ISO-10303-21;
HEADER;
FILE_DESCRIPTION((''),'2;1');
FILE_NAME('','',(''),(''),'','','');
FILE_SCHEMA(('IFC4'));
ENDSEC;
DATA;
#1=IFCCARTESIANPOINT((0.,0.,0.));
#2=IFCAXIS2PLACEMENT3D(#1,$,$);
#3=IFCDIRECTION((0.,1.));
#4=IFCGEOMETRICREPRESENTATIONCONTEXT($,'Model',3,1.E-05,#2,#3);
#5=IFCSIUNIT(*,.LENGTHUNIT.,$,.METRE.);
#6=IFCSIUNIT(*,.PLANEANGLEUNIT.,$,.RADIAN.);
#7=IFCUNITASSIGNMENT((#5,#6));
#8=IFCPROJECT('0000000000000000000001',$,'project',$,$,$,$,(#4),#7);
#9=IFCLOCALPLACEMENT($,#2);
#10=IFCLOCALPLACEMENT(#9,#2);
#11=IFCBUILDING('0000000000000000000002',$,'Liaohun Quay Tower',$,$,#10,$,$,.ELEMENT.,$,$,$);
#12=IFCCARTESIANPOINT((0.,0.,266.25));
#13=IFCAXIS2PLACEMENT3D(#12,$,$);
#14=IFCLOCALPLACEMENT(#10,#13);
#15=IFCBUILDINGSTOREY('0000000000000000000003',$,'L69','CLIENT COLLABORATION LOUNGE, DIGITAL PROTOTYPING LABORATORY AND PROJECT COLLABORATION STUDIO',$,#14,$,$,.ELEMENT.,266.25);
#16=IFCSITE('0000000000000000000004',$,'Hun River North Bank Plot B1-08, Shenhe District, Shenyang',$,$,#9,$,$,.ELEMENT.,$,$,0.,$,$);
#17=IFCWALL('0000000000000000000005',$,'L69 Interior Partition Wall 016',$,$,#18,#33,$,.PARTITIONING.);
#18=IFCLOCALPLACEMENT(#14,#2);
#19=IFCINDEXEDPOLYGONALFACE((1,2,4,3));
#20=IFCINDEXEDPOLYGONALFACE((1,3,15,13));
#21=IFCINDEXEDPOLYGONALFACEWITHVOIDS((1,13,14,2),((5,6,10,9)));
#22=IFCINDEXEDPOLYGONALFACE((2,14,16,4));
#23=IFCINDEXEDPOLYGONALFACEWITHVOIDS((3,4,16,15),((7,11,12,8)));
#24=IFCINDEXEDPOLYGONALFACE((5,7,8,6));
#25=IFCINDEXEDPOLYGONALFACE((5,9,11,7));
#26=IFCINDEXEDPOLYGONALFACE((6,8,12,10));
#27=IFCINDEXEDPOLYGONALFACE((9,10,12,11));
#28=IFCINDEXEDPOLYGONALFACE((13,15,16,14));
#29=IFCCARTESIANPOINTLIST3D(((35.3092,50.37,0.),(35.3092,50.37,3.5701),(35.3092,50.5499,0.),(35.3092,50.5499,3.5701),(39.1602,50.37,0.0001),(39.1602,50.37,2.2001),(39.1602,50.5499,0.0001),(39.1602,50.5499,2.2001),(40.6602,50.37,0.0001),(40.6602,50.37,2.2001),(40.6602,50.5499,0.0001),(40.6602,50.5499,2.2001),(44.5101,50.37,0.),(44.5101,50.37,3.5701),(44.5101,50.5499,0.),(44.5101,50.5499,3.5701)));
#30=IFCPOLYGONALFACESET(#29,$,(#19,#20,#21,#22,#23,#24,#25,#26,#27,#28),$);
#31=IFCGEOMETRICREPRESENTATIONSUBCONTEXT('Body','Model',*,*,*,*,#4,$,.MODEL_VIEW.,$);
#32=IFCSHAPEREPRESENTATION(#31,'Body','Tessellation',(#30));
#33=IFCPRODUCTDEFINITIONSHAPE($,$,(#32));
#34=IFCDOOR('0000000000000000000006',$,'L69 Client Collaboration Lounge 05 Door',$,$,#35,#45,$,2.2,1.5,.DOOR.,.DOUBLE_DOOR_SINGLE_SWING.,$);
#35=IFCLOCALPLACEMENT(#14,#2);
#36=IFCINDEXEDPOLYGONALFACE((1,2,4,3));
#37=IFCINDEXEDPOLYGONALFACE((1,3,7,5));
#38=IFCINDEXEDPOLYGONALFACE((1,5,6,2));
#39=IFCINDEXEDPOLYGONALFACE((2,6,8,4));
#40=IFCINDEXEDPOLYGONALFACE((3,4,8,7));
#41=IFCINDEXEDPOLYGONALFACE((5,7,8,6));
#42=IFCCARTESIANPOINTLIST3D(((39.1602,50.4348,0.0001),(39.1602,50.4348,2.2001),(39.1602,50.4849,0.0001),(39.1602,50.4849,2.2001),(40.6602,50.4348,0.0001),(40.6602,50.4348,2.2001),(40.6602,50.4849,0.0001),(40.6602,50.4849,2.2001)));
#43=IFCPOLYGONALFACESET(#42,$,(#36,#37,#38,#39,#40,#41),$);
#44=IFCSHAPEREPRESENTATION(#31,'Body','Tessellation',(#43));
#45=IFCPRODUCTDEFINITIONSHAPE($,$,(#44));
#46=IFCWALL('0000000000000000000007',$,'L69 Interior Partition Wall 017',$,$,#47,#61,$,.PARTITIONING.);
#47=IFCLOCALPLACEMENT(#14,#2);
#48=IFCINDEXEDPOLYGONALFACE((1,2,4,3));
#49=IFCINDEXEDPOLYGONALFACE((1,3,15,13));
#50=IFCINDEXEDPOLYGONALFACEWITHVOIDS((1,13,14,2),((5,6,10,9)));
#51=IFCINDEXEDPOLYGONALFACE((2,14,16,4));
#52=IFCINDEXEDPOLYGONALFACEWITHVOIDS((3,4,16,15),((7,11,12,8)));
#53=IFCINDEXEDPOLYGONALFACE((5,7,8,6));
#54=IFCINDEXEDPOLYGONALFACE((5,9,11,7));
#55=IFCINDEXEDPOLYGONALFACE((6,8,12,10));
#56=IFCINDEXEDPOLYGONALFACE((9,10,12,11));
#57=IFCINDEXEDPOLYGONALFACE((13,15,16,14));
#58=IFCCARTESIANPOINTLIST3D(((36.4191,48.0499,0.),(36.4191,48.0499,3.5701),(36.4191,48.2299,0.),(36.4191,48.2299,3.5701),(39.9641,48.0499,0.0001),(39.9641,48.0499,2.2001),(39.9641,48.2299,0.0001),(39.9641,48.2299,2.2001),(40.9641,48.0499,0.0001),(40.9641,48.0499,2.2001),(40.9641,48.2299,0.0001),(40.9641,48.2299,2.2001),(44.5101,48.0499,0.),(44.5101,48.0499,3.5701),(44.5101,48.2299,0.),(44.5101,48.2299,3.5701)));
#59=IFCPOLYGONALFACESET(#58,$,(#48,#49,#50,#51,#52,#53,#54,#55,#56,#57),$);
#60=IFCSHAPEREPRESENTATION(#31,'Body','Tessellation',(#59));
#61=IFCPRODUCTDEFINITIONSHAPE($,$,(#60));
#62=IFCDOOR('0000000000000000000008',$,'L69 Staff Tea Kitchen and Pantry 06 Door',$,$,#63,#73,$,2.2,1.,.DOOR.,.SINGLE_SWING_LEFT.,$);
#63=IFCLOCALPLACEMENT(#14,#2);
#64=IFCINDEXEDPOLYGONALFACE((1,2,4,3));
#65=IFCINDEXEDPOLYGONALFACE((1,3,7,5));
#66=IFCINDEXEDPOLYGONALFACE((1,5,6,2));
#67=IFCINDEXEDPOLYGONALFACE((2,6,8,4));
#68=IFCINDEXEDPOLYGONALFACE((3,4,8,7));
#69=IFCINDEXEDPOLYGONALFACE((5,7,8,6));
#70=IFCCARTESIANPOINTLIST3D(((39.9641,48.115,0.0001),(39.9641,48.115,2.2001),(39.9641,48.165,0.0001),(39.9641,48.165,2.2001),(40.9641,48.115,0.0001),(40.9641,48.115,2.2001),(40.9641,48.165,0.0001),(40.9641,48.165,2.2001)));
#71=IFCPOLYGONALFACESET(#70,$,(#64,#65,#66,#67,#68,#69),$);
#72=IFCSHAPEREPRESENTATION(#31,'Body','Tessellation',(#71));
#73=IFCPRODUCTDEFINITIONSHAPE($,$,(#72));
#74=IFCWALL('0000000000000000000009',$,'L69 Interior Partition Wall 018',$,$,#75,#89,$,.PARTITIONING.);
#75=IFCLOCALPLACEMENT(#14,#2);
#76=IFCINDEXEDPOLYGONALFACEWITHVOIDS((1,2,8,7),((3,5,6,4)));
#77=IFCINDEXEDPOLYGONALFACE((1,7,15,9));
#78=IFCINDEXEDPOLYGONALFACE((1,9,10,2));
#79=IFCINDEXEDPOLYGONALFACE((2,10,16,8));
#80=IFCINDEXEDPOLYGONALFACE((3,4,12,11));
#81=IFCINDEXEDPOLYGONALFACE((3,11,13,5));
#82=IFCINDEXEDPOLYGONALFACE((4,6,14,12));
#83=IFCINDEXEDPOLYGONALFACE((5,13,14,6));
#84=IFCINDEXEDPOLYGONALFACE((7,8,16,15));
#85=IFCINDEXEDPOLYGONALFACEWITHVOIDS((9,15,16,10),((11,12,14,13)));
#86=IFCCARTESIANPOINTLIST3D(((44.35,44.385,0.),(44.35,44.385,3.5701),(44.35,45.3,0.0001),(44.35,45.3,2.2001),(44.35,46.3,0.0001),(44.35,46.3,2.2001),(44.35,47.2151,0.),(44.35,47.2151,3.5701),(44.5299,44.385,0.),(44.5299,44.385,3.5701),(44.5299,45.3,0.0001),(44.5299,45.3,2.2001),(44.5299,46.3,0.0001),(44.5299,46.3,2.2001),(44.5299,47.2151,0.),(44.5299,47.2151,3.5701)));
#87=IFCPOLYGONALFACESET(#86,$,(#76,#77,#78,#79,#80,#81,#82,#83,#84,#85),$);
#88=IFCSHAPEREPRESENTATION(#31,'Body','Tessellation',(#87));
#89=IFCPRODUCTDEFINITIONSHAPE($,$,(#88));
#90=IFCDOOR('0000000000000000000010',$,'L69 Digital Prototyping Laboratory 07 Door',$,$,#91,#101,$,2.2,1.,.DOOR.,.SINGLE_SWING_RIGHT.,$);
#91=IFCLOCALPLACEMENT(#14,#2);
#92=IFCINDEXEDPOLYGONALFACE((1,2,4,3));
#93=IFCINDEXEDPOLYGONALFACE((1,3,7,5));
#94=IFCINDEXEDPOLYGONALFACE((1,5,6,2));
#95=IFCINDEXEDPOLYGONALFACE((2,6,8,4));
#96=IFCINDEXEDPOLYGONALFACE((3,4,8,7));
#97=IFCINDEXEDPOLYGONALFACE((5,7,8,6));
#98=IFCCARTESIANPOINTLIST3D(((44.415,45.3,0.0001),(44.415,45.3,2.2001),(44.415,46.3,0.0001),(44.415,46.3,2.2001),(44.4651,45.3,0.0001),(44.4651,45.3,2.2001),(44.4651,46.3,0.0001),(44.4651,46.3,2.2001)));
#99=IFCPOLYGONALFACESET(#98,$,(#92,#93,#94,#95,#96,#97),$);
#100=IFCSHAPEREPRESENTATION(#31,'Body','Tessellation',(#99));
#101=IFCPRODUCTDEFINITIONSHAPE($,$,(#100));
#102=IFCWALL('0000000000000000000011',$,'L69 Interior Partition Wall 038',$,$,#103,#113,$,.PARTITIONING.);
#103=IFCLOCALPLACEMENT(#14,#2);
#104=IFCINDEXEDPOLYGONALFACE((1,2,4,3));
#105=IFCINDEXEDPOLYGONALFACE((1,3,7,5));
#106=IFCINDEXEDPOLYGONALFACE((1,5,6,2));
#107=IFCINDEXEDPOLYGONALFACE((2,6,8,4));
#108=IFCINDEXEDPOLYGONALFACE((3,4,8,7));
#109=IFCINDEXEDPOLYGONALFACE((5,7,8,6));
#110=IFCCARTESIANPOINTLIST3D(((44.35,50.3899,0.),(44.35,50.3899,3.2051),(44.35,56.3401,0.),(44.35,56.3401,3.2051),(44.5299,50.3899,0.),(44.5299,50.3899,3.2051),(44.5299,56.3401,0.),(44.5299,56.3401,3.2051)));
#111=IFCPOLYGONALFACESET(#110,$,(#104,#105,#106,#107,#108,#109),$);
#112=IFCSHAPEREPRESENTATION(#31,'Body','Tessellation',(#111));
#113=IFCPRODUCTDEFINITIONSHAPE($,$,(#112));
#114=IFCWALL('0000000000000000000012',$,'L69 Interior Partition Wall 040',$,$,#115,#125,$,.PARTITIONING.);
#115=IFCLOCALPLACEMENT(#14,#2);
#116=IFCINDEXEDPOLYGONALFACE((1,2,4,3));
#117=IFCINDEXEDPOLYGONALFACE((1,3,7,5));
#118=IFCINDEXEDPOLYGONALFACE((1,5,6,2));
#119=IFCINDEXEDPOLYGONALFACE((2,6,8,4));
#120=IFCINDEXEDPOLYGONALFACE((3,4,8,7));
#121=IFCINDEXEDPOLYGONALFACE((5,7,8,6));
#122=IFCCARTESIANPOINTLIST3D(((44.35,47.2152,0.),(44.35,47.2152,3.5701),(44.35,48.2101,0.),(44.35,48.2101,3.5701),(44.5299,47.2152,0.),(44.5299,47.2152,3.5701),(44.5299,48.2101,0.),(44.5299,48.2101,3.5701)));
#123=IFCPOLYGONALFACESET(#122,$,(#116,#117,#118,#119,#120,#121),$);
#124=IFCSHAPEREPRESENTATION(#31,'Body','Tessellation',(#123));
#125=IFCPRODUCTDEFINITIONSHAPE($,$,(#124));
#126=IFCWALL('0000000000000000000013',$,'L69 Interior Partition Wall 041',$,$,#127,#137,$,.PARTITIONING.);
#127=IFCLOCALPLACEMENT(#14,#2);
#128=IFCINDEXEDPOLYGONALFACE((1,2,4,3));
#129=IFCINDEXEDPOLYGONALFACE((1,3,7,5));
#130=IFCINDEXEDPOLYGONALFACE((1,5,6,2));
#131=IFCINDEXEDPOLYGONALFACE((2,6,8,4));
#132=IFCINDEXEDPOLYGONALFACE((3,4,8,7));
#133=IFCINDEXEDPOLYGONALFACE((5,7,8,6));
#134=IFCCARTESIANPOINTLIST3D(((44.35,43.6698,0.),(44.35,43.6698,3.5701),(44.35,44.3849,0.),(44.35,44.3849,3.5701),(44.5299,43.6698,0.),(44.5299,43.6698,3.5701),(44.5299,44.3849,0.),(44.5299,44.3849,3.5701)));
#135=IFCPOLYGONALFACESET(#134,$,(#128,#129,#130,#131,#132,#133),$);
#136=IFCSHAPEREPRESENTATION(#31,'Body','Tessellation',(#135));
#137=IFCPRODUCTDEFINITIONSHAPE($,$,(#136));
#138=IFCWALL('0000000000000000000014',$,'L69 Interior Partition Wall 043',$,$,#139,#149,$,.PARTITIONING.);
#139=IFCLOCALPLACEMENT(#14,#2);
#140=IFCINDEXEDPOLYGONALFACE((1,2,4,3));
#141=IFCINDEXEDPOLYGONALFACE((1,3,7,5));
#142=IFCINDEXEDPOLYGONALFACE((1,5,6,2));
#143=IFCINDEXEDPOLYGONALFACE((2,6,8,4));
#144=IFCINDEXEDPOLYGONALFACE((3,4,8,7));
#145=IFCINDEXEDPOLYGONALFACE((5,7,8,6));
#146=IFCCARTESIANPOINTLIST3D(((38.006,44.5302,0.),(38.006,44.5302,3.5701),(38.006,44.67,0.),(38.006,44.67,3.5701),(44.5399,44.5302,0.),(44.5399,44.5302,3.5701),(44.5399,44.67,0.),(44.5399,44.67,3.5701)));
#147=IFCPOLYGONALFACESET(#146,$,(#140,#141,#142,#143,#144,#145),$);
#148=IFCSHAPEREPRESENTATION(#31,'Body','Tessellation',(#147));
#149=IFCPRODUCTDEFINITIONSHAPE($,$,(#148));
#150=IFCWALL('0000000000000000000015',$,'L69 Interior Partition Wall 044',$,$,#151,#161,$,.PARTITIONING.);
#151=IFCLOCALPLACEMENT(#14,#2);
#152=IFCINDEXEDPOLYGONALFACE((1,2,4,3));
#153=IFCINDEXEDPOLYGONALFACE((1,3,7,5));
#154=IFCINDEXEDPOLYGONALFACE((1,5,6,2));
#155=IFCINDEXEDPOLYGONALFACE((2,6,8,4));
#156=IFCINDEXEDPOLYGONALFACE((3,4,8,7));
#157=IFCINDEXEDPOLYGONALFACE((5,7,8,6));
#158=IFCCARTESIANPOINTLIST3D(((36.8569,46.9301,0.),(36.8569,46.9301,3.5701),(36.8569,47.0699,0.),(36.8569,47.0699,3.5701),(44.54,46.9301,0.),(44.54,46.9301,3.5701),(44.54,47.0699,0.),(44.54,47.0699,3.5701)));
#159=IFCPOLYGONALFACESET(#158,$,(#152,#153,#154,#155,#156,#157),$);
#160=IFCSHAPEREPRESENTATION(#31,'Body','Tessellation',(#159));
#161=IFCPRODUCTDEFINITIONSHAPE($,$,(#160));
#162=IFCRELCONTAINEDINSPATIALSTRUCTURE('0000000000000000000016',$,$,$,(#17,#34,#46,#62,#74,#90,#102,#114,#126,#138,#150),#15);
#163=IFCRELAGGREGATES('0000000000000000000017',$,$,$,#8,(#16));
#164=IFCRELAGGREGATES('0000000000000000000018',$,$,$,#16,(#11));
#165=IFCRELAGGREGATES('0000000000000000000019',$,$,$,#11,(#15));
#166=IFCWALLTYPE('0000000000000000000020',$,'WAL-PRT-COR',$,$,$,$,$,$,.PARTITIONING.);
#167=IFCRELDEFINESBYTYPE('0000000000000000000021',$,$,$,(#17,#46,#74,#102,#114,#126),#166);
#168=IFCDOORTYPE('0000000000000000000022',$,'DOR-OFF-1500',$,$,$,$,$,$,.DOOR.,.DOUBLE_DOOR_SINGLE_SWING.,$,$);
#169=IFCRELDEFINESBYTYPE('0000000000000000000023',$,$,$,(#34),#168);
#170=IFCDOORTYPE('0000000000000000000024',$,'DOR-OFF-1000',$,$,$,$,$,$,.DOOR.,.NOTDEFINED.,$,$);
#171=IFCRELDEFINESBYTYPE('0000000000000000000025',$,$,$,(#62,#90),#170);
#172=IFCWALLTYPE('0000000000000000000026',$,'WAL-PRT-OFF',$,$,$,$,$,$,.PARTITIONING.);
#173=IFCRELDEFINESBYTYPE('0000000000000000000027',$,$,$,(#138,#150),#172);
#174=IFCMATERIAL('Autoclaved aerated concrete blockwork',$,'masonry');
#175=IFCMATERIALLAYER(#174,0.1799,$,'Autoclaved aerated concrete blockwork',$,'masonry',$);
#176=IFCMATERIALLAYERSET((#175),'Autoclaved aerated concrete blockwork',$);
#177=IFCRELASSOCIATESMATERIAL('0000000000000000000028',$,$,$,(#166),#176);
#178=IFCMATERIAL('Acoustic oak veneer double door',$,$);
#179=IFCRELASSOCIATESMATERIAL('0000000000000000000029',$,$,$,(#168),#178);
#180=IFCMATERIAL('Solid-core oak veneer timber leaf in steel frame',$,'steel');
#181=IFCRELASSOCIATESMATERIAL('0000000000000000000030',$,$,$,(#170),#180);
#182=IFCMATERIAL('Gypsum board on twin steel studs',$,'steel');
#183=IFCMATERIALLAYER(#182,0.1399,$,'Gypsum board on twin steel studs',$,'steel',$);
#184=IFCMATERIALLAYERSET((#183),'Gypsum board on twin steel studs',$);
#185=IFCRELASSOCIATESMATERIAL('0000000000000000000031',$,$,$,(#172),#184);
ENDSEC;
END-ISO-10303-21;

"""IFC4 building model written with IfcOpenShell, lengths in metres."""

from ifc_helpers import new_model, si_unit, direction, frame, frame_2d, origin, place, context, subcontext, project, spatial, rectangle, extrude, source, transform, mapped, material, layer, layer_set, type_object, element, fill, save


model = new_model("IFC4")

# Units and contexts
model_context = context("Model", 3, precision=1e-05, world=origin(), true_north=direction((0.0, 1.0)))
body_context = subcontext(model_context, "Body", "Model", "MODEL_VIEW")
ifc_project = project(units=[si_unit("LENGTHUNIT", "METRE"), si_unit("PLANEANGLEUNIT", "RADIAN")], contexts=[model_context])

# Site, building, storey
site_placement = place(None, origin())
site = spatial("IfcSite", under=ifc_project, at=site_placement, Name="Hun River North Bank Plot B1-08, Shenhe District, Shenyang", CompositionType="ELEMENT", RefElevation=0.0)
building_placement = place(site_placement, origin())
building = spatial("IfcBuilding", under=site, at=building_placement, Name="Liaohun Quay Tower", CompositionType="ELEMENT")
storey_placement = place(building_placement, frame((0.0, 0.0, 266.25)))
storey = spatial("IfcBuildingStorey", under=building, at=storey_placement, Name="L69", Description="CLIENT COLLABORATION LOUNGE, DIGITAL PROTOTYPING LABORATORY AND PROJECT COLLABORATION STUDIO", CompositionType="ELEMENT", Elevation=266.25)

# Walls, openings, doors
ifc_material_1 = material(Name="Autoclaved aerated concrete blockwork", Category="masonry")
ifc_layer_1 = layer(ifc_material_1, 0.1799, Name="Autoclaved aerated concrete blockwork", Category="masonry")
ifc_layer_set_1 = layer_set([ifc_layer_1], Name="Autoclaved aerated concrete blockwork")
wall_type_1 = type_object("IfcWallType", Name="WAL-PRT-COR", PredefinedType="PARTITIONING", material=ifc_layer_set_1)
wall_1_placement = place(storey_placement, frame((35.3091, 50.46, 0.0), z_axis=(0.0, 0.0, 1.0), x_axis=(1.0, 0.0, 0.0)))
wall_1 = element("IfcWall", 1, at=wall_1_placement, inside=storey, type_object=wall_type_1, Name="L69 Interior Partition Wall 016", PredefinedType="PARTITIONING", context=body_context, shape_type="SweptSolid", body=[
    extrude(rectangle(XDim=9.2009, YDim=0.1799, at=frame_2d((4.6006, 0.0))), origin(), (0.0, 0.0, 1.0), 3.5701),
])
shared_shape_1 = source(origin(), body_context, "Body", "SweptSolid", [
    extrude(rectangle(XDim=1.5, YDim=2.2, at=frame_2d((0.75, 1.1001))), frame((0.0, 0.0999, 0.0), z_axis=(0.0, -1.0, 0.0), x_axis=(1.0, 0.0, 0.0)), (0.0, 0.0, 1.0), 0.2),
])
opening_1_placement = place(wall_1_placement, frame((3.8511, 0.0, 0.0)))
opening_1 = element("IfcOpeningElement", 2, at=opening_1_placement, cuts=wall_1, PredefinedType="OPENING", context=body_context, shape_type="MappedRepresentation", body=[
    mapped(shared_shape_1, transform((0.0, 0.0, 0.0), x_axis=(1.0, 0.0, 0.0), y_axis=(0.0, 1.0, 0.0), z_axis=(0.0, 0.0, 1.0), scale=1.0)),
])
ifc_material_2 = material(Name="Acoustic oak veneer double door")
door_type_1 = type_object("IfcDoorType", Name="DOR-OFF-1500", OperationType="DOUBLE_DOOR_SINGLE_SWING", PredefinedType="DOOR", material=ifc_material_2)
shared_shape_2 = source(origin(), body_context, "Body", "SweptSolid", [
    extrude(rectangle(XDim=1.5, YDim=2.2, at=frame_2d((0.75, 1.1001))), frame((0.0, 0.0249, 0.0), z_axis=(0.0, -1.0, 0.0), x_axis=(1.0, 0.0, 0.0)), (0.0, 0.0, 1.0), 0.05),
])
door_1_placement = place(opening_1_placement, origin())
door_1 = element("IfcDoor", 3, at=door_1_placement, inside=storey, type_object=door_type_1, Name="L69 Client Collaboration Lounge 05 Door", OperationType="DOUBLE_DOOR_SINGLE_SWING", OverallHeight=2.2, OverallWidth=1.5, PredefinedType="DOOR", context=body_context, shape_type="MappedRepresentation", body=[
    mapped(shared_shape_2, transform((0.0, 0.0, 0.0), x_axis=(1.0, 0.0, 0.0), y_axis=(0.0, 1.0, 0.0), z_axis=(0.0, 0.0, 1.0), scale=1.0)),
])
fill(opening_1, door_1)
wall_2_placement = place(storey_placement, frame((44.51, 48.1399, 0.0), z_axis=(0.0, 0.0, 1.0), x_axis=(-1.0, 0.0, 0.0)))
wall_2 = element("IfcWall", 4, at=wall_2_placement, inside=storey, type_object=wall_type_1, Name="L69 Interior Partition Wall 017", PredefinedType="PARTITIONING", context=body_context, shape_type="SweptSolid", body=[
    extrude(rectangle(XDim=8.0911, YDim=0.1799, at=frame_2d((4.0454, 0.0))), origin(), (0.0, 0.0, 1.0), 3.5701),
])
shared_shape_3 = source(origin(), body_context, "Body", "SweptSolid", [
    extrude(rectangle(XDim=1.0, YDim=2.2, at=frame_2d((0.5, 1.1001))), frame((0.0, 0.0999, 0.0), z_axis=(0.0, -1.0, 0.0), x_axis=(1.0, 0.0, 0.0)), (0.0, 0.0, 1.0), 0.2),
])
opening_2_placement = place(wall_2_placement, frame((3.5459, 0.0, 0.0)))
opening_2 = element("IfcOpeningElement", 5, at=opening_2_placement, cuts=wall_2, PredefinedType="OPENING", context=body_context, shape_type="MappedRepresentation", body=[
    mapped(shared_shape_3, transform((0.0, 0.0, 0.0), x_axis=(1.0, 0.0, 0.0), y_axis=(0.0, 1.0, 0.0), z_axis=(0.0, 0.0, 1.0), scale=1.0)),
])
ifc_material_3 = material(Name="Solid-core oak veneer timber leaf in steel frame", Category="steel")
door_type_2 = type_object("IfcDoorType", Name="DOR-OFF-1000", OperationType="NOTDEFINED", PredefinedType="DOOR", material=ifc_material_3)
shared_shape_4 = source(origin(), body_context, "Body", "SweptSolid", [
    extrude(rectangle(XDim=1.0, YDim=2.2, at=frame_2d((0.5, 1.1001))), frame((0.0, 0.0249, 0.0), z_axis=(0.0, -1.0, 0.0), x_axis=(1.0, 0.0, 0.0)), (0.0, 0.0, 1.0), 0.05),
])
door_2_placement = place(opening_2_placement, origin())
door_2 = element("IfcDoor", 6, at=door_2_placement, inside=storey, type_object=door_type_2, Name="L69 Staff Tea Kitchen and Pantry 06 Door", OperationType="SINGLE_SWING_LEFT", OverallHeight=2.2, OverallWidth=1.0, PredefinedType="DOOR", context=body_context, shape_type="MappedRepresentation", body=[
    mapped(shared_shape_4, transform((0.0, 0.0, 0.0), x_axis=(1.0, 0.0, 0.0), y_axis=(0.0, 1.0, 0.0), z_axis=(0.0, 0.0, 1.0), scale=1.0)),
])
fill(opening_2, door_2)
wall_3_placement = place(storey_placement, frame((44.4399, 44.385, 0.0), z_axis=(0.0, 0.0, 1.0), x_axis=(0.0, 1.0, 0.0)))
wall_3 = element("IfcWall", 7, at=wall_3_placement, inside=storey, type_object=wall_type_1, Name="L69 Interior Partition Wall 018", PredefinedType="PARTITIONING", context=body_context, shape_type="SweptSolid", body=[
    extrude(rectangle(XDim=2.8301, YDim=0.1799, at=frame_2d((1.415, 0.0))), origin(), (0.0, 0.0, 1.0), 3.5701),
])
opening_3_placement = place(wall_3_placement, frame((0.915, 0.0, 0.0)))
opening_3 = element("IfcOpeningElement", 8, at=opening_3_placement, cuts=wall_3, PredefinedType="OPENING", context=body_context, shape_type="MappedRepresentation", body=[
    mapped(shared_shape_3, transform((0.0, 0.0, 0.0), x_axis=(1.0, 0.0, 0.0), y_axis=(0.0, 1.0, 0.0), z_axis=(0.0, 0.0, 1.0), scale=1.0)),
])
door_3_placement = place(opening_3_placement, origin())
door_3 = element("IfcDoor", 9, at=door_3_placement, inside=storey, type_object=door_type_2, Name="L69 Digital Prototyping Laboratory 07 Door", OperationType="SINGLE_SWING_RIGHT", OverallHeight=2.2, OverallWidth=1.0, PredefinedType="DOOR", context=body_context, shape_type="MappedRepresentation", body=[
    mapped(shared_shape_4, transform((0.0, 0.0, 0.0), x_axis=(1.0, 0.0, 0.0), y_axis=(0.0, 1.0, 0.0), z_axis=(0.0, 0.0, 1.0), scale=1.0)),
])
fill(opening_3, door_3)

# Walls
wall_4_placement = place(storey_placement, frame((44.4399, 50.3899, 0.0), z_axis=(0.0, 0.0, 1.0), x_axis=(0.0, 1.0, 0.0)))
element("IfcWall", 10, at=wall_4_placement, inside=storey, type_object=wall_type_1, Name="L69 Interior Partition Wall 038", PredefinedType="PARTITIONING", context=body_context, shape_type="SweptSolid", body=[
    extrude(rectangle(XDim=5.9502, YDim=0.1799, at=frame_2d((2.9751, 0.0))), origin(), (0.0, 0.0, 1.0), 3.2051),
])
wall_5_placement = place(storey_placement, frame((44.4399, 47.2151, 0.0), z_axis=(0.0, 0.0, 1.0), x_axis=(0.0, 1.0, 0.0)))
element("IfcWall", 11, at=wall_5_placement, inside=storey, type_object=wall_type_1, Name="L69 Interior Partition Wall 040", PredefinedType="PARTITIONING", context=body_context, shape_type="SweptSolid", body=[
    extrude(rectangle(XDim=0.9949, YDim=0.1799, at=frame_2d((0.4976, 0.0))), origin(), (0.0, 0.0, 1.0), 3.5701),
])
wall_6_placement = place(storey_placement, frame((44.4399, 43.6699, 0.0), z_axis=(0.0, 0.0, 1.0), x_axis=(0.0, 1.0, 0.0)))
element("IfcWall", 12, at=wall_6_placement, inside=storey, type_object=wall_type_1, Name="L69 Interior Partition Wall 041", PredefinedType="PARTITIONING", context=body_context, shape_type="SweptSolid", body=[
    extrude(rectangle(XDim=0.7151, YDim=0.1799, at=frame_2d((0.3574, 0.0))), origin(), (0.0, 0.0, 1.0), 3.5701),
])
ifc_material_4 = material(Name="Gypsum board on twin steel studs", Category="steel")
ifc_layer_2 = layer(ifc_material_4, 0.1399, Name="Gypsum board on twin steel studs", Category="steel")
ifc_layer_set_2 = layer_set([ifc_layer_2], Name="Gypsum board on twin steel studs")
wall_type_2 = type_object("IfcWallType", Name="WAL-PRT-OFF", PredefinedType="PARTITIONING", material=ifc_layer_set_2)
wall_7_placement = place(storey_placement, frame((44.54, 44.6001, 0.0), z_axis=(0.0, 0.0, 1.0), x_axis=(-1.0, 0.0, 0.0)))
element("IfcWall", 13, at=wall_7_placement, inside=storey, type_object=wall_type_2, Name="L69 Interior Partition Wall 043", PredefinedType="PARTITIONING", context=body_context, shape_type="SweptSolid", body=[
    extrude(rectangle(XDim=6.5339, YDim=0.1399, at=frame_2d((3.2671, 0.0))), origin(), (0.0, 0.0, 1.0), 3.5701),
])
wall_8_placement = place(storey_placement, frame((44.54, 47.0, 0.0), z_axis=(0.0, 0.0, 1.0), x_axis=(-1.0, 0.0, 0.0)))
element("IfcWall", 14, at=wall_8_placement, inside=storey, type_object=wall_type_2, Name="L69 Interior Partition Wall 044", PredefinedType="PARTITIONING", context=body_context, shape_type="SweptSolid", body=[
    extrude(rectangle(XDim=7.6831, YDim=0.1399, at=frame_2d((3.8416, 0.0))), origin(), (0.0, 0.0, 1.0), 3.5701),
])

save(model, "model.ifc")
